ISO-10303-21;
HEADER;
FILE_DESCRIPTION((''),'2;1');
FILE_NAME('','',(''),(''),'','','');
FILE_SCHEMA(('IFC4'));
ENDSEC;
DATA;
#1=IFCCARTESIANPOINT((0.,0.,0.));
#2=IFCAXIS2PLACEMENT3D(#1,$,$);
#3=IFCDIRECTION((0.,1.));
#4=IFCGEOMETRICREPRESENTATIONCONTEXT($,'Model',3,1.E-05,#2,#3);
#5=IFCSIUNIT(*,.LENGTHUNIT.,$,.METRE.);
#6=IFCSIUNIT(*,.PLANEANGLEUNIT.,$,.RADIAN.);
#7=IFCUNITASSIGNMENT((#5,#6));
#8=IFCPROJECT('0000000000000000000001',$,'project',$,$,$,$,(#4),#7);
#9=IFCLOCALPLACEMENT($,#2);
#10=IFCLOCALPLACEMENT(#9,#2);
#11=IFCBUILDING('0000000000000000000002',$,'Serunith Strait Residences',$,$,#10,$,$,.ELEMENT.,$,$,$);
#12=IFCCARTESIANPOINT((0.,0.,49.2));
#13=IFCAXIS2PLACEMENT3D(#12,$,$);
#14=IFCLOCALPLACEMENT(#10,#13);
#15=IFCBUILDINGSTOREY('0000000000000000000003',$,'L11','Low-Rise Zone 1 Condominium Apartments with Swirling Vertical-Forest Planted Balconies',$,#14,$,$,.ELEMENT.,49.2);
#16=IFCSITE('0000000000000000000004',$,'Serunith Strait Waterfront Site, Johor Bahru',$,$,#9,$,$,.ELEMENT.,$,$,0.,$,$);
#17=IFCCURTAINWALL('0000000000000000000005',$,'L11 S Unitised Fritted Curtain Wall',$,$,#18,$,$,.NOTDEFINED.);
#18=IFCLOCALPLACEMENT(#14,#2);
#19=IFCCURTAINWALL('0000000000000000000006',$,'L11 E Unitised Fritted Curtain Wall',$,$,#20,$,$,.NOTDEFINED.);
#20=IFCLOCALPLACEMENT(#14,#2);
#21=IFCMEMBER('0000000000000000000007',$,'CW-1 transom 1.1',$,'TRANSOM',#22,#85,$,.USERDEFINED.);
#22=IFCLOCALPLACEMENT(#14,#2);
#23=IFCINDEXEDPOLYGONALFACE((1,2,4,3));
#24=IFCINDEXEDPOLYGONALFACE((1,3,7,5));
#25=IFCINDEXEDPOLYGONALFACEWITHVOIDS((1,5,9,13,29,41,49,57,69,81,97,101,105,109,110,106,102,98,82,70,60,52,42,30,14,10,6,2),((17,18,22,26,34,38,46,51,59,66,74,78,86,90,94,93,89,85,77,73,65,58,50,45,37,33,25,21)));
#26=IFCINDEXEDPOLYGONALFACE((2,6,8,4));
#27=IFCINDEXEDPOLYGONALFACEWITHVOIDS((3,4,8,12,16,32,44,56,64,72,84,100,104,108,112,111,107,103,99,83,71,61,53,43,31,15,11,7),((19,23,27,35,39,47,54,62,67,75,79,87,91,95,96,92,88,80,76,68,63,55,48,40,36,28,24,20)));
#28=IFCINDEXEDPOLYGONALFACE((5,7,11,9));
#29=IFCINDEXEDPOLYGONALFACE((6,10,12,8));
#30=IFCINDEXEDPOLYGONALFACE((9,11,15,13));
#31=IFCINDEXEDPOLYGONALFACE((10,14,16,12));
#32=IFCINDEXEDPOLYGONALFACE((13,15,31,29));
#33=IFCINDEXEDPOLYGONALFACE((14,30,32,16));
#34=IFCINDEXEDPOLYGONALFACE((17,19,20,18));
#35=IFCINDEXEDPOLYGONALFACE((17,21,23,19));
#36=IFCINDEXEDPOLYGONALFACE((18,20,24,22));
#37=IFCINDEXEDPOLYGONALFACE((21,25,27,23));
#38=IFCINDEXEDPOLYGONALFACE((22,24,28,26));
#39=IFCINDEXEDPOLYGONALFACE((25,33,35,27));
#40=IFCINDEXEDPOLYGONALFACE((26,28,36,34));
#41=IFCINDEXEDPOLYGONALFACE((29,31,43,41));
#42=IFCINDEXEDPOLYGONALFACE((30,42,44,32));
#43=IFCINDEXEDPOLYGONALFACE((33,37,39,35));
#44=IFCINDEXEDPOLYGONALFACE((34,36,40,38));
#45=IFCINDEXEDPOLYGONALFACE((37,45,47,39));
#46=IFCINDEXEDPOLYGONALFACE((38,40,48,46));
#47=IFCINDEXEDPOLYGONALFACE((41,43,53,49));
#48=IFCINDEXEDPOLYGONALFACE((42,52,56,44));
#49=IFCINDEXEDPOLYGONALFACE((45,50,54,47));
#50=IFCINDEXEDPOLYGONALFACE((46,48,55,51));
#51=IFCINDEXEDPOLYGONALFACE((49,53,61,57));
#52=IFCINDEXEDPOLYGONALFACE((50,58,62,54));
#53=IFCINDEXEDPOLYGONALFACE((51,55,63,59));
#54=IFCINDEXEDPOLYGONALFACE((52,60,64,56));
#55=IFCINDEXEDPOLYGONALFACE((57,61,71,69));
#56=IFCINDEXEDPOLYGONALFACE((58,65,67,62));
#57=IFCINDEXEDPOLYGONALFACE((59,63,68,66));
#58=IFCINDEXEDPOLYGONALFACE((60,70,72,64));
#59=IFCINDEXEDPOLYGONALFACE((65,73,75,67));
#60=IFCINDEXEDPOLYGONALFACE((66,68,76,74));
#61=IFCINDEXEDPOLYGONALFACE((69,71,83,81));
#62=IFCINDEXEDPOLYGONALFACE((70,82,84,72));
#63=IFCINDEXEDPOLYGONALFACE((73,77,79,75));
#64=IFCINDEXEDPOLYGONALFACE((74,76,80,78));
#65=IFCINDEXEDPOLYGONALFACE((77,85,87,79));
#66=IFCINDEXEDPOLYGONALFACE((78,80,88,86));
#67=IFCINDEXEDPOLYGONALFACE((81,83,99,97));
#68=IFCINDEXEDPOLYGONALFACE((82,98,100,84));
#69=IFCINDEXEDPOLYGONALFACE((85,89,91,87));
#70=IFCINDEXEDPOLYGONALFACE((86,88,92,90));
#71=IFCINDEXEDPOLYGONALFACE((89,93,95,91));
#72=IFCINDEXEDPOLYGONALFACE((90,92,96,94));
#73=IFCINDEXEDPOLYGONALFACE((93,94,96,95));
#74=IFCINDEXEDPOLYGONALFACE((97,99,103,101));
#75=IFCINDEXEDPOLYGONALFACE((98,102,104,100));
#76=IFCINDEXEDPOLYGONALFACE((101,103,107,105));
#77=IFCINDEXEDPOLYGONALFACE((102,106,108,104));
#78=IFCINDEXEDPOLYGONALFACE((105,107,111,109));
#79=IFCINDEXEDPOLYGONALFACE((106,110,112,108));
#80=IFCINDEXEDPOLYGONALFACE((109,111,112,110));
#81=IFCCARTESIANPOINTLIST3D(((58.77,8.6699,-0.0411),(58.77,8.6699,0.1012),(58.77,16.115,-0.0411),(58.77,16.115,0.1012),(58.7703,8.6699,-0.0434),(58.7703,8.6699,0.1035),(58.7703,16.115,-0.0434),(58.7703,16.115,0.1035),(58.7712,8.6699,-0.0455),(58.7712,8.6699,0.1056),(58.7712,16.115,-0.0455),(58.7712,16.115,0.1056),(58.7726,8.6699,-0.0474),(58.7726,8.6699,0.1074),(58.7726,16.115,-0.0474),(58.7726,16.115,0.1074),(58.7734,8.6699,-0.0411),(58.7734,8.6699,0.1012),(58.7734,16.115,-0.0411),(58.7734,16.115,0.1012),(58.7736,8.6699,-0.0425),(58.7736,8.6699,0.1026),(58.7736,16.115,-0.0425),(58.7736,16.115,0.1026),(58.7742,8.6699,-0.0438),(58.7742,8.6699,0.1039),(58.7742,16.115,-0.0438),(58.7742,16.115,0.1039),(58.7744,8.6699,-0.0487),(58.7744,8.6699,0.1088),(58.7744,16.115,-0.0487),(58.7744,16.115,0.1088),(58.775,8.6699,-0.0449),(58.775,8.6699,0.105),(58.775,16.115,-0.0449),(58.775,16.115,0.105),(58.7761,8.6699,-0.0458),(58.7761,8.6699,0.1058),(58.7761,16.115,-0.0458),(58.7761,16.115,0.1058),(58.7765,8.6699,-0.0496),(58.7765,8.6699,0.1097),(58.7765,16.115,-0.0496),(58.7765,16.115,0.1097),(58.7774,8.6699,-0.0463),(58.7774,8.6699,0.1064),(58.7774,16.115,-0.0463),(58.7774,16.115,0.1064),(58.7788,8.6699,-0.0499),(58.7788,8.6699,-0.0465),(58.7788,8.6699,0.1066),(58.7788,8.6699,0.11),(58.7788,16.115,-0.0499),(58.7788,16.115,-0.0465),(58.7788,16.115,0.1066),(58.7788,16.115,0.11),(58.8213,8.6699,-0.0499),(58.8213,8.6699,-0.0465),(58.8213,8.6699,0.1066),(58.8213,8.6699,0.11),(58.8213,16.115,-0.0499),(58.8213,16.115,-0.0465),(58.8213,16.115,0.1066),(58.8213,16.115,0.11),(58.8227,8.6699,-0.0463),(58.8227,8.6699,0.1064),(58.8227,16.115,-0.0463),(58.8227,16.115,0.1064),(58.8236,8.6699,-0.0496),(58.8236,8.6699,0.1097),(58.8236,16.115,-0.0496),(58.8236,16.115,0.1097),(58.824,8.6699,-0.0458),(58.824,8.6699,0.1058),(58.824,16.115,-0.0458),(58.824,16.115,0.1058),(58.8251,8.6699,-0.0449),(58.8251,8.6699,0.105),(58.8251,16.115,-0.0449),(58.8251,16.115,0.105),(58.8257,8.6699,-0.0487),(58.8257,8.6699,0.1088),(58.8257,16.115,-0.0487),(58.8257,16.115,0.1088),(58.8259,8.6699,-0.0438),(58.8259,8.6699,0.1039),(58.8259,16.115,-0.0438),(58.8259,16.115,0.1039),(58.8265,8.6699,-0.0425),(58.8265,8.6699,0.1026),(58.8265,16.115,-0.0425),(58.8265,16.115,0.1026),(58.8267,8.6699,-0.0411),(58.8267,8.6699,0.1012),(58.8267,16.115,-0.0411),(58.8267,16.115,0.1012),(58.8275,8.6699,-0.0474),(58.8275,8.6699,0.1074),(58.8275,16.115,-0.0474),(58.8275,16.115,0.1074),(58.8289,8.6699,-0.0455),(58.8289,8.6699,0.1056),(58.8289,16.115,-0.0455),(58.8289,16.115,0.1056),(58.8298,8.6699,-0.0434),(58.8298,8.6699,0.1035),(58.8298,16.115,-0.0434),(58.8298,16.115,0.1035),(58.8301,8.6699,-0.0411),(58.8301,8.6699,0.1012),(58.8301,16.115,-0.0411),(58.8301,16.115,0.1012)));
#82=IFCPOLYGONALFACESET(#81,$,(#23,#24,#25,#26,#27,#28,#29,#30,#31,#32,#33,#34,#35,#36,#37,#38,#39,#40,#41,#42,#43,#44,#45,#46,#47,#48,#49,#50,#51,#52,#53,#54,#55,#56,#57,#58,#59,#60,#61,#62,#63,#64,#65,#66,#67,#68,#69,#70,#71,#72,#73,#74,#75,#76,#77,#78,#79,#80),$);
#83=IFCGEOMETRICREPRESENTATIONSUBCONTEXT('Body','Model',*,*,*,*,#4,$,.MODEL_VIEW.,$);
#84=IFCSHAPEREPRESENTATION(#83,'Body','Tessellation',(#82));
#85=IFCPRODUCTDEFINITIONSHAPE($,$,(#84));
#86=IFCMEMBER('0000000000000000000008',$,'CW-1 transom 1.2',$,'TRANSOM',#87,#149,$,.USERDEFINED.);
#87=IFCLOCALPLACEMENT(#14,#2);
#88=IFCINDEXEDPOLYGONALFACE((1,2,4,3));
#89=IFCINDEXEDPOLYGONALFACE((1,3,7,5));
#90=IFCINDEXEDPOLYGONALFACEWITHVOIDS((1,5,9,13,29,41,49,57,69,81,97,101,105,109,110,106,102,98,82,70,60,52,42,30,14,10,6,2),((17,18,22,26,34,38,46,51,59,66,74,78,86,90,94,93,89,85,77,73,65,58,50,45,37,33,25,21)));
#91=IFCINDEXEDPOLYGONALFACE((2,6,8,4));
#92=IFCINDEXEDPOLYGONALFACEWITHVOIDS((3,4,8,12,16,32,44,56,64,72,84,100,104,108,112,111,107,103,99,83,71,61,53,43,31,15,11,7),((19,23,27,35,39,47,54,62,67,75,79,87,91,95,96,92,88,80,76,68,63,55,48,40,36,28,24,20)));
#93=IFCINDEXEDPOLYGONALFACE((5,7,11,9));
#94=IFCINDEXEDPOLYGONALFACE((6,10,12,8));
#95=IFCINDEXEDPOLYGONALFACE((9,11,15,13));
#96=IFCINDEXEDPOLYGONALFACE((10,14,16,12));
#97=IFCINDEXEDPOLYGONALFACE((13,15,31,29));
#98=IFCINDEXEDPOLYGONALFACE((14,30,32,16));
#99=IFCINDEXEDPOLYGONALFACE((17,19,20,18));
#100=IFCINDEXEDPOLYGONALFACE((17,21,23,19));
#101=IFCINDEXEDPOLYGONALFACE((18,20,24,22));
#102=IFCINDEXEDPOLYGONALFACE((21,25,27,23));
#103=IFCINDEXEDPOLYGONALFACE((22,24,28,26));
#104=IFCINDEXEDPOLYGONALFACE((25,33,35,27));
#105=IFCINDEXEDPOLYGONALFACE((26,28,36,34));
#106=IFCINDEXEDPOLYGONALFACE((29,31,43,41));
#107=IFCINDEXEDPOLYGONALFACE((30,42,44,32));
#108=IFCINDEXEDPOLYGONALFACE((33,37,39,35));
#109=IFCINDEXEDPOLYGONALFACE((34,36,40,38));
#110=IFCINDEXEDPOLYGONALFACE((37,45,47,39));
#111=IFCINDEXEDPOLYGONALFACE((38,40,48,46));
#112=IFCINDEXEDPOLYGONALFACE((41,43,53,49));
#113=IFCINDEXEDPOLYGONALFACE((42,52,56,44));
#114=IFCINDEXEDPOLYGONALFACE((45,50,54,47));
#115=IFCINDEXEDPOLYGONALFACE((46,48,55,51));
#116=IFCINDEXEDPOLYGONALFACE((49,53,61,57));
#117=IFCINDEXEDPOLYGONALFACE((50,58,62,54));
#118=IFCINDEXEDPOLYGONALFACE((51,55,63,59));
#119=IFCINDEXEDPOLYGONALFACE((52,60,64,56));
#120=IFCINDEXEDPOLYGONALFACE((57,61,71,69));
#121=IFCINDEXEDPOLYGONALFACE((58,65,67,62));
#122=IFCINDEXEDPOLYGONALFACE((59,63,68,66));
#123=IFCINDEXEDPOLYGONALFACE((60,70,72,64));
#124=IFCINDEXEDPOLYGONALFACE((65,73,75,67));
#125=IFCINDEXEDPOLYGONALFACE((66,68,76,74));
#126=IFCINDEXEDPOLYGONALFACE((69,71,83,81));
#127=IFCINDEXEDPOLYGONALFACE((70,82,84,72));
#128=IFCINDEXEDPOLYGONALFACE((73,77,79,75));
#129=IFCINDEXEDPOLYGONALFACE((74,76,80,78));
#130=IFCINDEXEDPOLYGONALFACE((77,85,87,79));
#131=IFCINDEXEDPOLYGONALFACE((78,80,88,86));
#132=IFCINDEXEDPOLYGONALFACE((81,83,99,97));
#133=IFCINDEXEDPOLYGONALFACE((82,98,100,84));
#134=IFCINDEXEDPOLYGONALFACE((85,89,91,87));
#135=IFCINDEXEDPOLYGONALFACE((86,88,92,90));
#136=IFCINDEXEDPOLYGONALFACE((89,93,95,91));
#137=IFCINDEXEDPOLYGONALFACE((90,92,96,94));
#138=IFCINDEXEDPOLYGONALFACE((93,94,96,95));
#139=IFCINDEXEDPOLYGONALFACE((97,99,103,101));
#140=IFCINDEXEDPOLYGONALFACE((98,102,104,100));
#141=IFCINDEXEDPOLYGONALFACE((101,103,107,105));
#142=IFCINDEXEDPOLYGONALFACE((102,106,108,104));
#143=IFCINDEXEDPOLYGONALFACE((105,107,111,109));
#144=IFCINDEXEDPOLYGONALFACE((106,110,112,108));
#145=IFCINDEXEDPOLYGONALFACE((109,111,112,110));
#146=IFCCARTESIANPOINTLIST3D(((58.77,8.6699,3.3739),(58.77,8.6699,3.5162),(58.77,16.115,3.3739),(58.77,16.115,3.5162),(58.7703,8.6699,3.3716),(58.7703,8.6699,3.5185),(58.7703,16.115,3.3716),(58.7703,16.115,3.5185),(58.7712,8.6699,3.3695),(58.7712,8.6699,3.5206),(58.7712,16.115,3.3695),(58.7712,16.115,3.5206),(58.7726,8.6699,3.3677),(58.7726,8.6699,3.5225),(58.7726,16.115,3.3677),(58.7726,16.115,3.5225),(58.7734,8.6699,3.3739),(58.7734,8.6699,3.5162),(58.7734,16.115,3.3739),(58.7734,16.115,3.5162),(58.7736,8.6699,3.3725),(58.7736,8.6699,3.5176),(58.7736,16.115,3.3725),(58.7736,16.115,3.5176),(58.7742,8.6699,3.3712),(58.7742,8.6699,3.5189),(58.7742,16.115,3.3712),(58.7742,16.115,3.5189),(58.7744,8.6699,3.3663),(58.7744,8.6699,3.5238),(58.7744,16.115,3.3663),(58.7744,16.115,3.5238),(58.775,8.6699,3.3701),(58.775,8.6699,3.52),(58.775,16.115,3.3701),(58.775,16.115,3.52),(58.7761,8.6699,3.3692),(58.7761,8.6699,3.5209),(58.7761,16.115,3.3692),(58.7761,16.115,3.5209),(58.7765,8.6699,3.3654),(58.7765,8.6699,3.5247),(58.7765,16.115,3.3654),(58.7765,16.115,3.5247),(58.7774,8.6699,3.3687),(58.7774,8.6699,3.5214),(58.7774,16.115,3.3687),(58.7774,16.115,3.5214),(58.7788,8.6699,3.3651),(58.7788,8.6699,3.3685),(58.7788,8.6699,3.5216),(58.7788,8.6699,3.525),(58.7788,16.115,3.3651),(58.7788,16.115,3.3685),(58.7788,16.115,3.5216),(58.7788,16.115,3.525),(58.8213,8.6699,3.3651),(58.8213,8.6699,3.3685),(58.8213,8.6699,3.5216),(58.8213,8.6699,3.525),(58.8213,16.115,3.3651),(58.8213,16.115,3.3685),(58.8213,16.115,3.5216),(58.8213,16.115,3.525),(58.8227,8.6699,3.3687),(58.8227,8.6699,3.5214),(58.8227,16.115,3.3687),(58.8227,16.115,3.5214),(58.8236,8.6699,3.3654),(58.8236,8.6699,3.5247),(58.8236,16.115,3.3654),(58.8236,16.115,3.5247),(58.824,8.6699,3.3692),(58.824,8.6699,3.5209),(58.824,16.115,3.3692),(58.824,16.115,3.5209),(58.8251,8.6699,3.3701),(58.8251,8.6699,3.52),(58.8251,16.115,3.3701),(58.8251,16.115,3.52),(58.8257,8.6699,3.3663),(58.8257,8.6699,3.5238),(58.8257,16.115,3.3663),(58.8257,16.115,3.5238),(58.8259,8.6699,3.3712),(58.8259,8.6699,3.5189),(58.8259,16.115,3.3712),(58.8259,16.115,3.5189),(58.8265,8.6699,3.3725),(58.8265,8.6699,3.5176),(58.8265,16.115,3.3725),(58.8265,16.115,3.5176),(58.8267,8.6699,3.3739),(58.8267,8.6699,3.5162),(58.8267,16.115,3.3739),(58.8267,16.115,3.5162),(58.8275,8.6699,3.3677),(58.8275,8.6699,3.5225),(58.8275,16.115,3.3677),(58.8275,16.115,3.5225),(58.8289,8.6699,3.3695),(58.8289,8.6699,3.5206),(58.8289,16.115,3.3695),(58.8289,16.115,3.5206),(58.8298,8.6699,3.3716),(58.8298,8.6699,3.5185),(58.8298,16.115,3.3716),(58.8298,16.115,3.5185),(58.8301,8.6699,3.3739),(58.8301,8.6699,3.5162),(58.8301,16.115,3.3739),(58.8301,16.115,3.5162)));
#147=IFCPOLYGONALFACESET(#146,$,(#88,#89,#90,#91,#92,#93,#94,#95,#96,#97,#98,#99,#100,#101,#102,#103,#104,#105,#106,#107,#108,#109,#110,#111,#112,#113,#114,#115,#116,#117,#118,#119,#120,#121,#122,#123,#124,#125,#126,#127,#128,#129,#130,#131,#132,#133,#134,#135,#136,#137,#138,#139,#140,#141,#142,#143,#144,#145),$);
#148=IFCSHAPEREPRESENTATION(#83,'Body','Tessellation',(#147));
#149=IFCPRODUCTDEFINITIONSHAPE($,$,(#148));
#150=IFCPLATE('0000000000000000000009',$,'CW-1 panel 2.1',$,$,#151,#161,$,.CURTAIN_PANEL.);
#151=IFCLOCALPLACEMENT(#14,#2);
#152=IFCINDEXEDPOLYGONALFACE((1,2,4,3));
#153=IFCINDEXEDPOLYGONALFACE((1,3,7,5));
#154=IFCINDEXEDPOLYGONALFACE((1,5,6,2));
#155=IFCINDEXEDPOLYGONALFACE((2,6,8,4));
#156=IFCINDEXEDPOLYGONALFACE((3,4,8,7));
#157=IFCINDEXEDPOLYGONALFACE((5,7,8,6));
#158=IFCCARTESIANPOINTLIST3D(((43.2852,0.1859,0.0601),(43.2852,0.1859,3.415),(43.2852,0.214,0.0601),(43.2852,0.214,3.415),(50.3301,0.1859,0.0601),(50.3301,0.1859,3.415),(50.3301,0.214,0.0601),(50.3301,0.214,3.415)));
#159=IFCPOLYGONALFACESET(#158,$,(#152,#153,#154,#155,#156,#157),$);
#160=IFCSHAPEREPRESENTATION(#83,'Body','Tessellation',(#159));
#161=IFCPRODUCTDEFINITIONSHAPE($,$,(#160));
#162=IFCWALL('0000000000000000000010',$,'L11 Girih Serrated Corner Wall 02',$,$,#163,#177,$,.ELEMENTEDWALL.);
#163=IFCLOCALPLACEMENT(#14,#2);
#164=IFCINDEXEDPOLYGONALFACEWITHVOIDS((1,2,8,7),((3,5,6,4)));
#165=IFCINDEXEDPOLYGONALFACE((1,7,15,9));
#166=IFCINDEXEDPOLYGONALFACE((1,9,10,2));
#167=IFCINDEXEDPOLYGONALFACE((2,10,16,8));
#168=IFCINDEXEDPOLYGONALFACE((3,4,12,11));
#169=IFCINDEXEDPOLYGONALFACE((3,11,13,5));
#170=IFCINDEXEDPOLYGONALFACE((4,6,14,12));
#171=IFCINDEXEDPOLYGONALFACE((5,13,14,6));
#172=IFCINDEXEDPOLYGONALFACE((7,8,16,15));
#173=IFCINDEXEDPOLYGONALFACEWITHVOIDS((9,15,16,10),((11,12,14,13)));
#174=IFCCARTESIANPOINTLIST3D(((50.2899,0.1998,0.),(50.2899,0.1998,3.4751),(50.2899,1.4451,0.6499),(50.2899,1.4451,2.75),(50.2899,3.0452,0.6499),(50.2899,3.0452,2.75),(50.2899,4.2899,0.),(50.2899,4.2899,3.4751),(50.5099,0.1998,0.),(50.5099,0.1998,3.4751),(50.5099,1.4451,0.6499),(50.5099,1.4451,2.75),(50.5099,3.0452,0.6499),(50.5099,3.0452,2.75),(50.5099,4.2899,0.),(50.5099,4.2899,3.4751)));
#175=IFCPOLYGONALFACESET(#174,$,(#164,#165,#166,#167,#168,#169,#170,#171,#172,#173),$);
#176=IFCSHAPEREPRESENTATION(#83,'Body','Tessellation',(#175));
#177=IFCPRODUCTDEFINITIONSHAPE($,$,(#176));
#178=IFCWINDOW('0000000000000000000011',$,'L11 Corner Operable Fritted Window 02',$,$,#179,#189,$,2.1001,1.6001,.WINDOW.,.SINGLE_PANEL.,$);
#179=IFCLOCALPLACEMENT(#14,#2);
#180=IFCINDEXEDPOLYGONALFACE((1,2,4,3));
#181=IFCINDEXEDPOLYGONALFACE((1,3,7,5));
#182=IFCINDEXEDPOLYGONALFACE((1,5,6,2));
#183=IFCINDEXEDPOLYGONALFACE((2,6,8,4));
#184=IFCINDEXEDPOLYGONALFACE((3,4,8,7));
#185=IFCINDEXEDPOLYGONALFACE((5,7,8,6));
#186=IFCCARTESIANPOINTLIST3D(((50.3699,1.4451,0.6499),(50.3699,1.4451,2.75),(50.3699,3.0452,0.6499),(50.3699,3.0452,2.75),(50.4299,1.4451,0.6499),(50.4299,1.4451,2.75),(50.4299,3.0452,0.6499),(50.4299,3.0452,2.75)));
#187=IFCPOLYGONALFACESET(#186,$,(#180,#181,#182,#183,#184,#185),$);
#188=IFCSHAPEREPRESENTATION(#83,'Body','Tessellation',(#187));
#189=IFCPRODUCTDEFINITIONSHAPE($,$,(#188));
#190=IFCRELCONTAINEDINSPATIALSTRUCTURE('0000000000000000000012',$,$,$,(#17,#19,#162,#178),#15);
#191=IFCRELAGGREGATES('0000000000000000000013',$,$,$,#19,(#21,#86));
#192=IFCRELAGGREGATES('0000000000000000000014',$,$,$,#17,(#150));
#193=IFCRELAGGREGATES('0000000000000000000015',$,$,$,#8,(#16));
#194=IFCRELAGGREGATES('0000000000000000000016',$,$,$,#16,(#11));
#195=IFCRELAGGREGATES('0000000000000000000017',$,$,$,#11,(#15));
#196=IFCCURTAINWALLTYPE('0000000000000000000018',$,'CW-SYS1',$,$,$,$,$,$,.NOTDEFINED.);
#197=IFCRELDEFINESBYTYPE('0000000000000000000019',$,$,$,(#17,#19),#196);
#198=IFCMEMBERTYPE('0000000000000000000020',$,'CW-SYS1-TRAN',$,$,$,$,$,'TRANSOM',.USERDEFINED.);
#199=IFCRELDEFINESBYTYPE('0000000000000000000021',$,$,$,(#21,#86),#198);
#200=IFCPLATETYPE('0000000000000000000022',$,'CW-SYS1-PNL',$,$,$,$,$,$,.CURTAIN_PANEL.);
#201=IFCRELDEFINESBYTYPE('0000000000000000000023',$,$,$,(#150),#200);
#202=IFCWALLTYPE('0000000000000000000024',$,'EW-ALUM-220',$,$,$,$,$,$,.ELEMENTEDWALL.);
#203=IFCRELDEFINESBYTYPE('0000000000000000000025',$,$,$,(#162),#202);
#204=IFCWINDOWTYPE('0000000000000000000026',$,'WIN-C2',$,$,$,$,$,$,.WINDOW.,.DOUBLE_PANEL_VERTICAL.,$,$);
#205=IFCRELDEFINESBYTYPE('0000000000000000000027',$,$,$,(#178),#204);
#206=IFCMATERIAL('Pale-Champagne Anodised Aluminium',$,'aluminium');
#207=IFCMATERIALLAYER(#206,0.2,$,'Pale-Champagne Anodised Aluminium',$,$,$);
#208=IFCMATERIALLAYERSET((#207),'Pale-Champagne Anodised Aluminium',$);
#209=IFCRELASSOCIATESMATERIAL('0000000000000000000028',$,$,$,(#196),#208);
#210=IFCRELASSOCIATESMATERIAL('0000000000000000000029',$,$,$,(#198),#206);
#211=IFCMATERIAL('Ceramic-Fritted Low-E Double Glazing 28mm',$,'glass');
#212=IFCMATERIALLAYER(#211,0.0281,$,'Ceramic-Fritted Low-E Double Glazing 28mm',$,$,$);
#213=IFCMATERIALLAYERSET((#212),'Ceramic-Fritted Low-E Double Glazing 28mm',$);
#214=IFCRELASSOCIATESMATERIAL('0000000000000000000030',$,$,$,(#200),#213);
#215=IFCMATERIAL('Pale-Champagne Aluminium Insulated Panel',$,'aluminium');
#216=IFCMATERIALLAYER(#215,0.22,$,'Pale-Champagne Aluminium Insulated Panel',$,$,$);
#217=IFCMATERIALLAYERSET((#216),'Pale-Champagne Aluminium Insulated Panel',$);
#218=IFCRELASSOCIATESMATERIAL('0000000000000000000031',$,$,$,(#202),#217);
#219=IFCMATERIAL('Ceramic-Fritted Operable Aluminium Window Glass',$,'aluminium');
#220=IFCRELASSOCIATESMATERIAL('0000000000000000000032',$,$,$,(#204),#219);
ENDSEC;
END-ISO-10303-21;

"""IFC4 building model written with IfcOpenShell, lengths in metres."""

from ifc_helpers import new_model, si_unit, direction, frame, frame_2d, origin, origin_2d, place, context, subcontext, project, spatial, rectangle, hollow_rectangle, extrude, source, transform, mapped, material, layer, layer_set, material_profile, profile_set, type_object, element, fill, aggregate, save


model = new_model("IFC4")

# Units and contexts
model_context = context("Model", 3, precision=1e-05, world=origin(), true_north=direction((0.0, 1.0)))
body_context = subcontext(model_context, "Body", "Model", "MODEL_VIEW")
ifc_project = project(units=[si_unit("LENGTHUNIT", "METRE"), si_unit("PLANEANGLEUNIT", "RADIAN")], contexts=[model_context])

# Site, building, storey
site_placement = place(None, origin())
site = spatial("IfcSite", under=ifc_project, at=site_placement, Name="Serunith Strait Waterfront Site, Johor Bahru", CompositionType="ELEMENT", RefElevation=0.0)
building_placement = place(site_placement, origin())
building = spatial("IfcBuilding", under=site, at=building_placement, Name="Serunith Strait Residences", CompositionType="ELEMENT")
storey_placement = place(building_placement, frame((0.0, 0.0, 49.2)))
storey = spatial("IfcBuildingStorey", under=building, at=storey_placement, Name="L11", Description="Low-Rise Zone 1 Condominium Apartments with Swirling Vertical-Forest Planted Balconies", CompositionType="ELEMENT", Elevation=49.2)

# Curtain wall
ifc_material_1 = material(Name="Pale-Champagne Anodised Aluminium", Category="aluminium")
ifc_layer_1 = layer(ifc_material_1, 0.2, Name="Pale-Champagne Anodised Aluminium")
ifc_layer_set_1 = layer_set([ifc_layer_1], Name="Pale-Champagne Anodised Aluminium")
curtain_wall_type = type_object("IfcCurtainWallType", Name="CW-SYS1", PredefinedType="NOTDEFINED", material=ifc_layer_set_1)
curtain_wall_1_placement = place(storey_placement, origin())
curtain_wall_1 = element("IfcCurtainWall", 1, at=curtain_wall_1_placement, inside=storey, type_object=curtain_wall_type, Name="L11 S Unitised Fritted Curtain Wall", PredefinedType="NOTDEFINED")

# Curtain wall, members
curtain_wall_2_placement = place(storey_placement, origin())
curtain_wall_2 = element("IfcCurtainWall", 2, at=curtain_wall_2_placement, inside=storey, type_object=curtain_wall_type, Name="L11 E Unitised Fritted Curtain Wall", PredefinedType="NOTDEFINED")
ifc_material_profile_1 = material_profile(ifc_material_1, hollow_rectangle(XDim=0.0601, YDim=0.1599, WallThickness=0.0034, InnerFilletRadius=0.0054, OuterFilletRadius=0.0088, at=origin_2d()), Name="ALU 160x60x3.5")
ifc_profile_set_1 = profile_set([ifc_material_profile_1], Name="Pale-Champagne Anodised Aluminium")
member_type_1 = type_object("IfcMemberType", Name="CW-SYS1-TRAN", ElementType="TRANSOM", PredefinedType="USERDEFINED", material=ifc_profile_set_1)
shared_shape_1 = source(origin(), body_context, "Body", "SweptSolid", [
    extrude(hollow_rectangle(XDim=0.0601, YDim=0.1599, WallThickness=0.0034, InnerFilletRadius=0.0054, OuterFilletRadius=0.0088, at=origin_2d()), origin(), (0.0, 0.0, 1.0), 7.4451),
])
member_1_placement = place(storey_placement, frame((58.8, 8.6699, 0.03), z_axis=(0.0, 1.0, 0.0), x_axis=(-1.0, 0.0, 0.0)))
member_1 = element("IfcMember", 3, at=member_1_placement, type_object=member_type_1, Name="CW-1 transom 1.1", ObjectType="TRANSOM", PredefinedType="USERDEFINED", context=body_context, shape_type="MappedRepresentation", body=[
    mapped(shared_shape_1, transform((0.0, 0.0, 0.0), scale=1.0)),
])
member_2_placement = place(storey_placement, frame((58.8, 8.6699, 3.4451), z_axis=(0.0, 1.0, 0.0), x_axis=(-1.0, 0.0, 0.0)))
member_2 = element("IfcMember", 4, at=member_2_placement, type_object=member_type_1, Name="CW-1 transom 1.2", ObjectType="TRANSOM", PredefinedType="USERDEFINED", context=body_context, shape_type="MappedRepresentation", body=[
    mapped(shared_shape_1, transform((0.0, 0.0, 0.0), scale=1.0)),
])
aggregate(curtain_wall_2, [member_1, member_2])

# Plate
ifc_material_2 = material(Name="Ceramic-Fritted Low-E Double Glazing 28mm", Category="glass")
ifc_layer_2 = layer(ifc_material_2, 0.0281, Name="Ceramic-Fritted Low-E Double Glazing 28mm")
ifc_layer_set_2 = layer_set([ifc_layer_2], Name="Ceramic-Fritted Low-E Double Glazing 28mm")
plate_type = type_object("IfcPlateType", Name="CW-SYS1-PNL", PredefinedType="CURTAIN_PANEL", material=ifc_layer_set_2)
shared_shape_2 = source(origin(), body_context, "Body", "SweptSolid", [
    extrude(rectangle(XDim=7.0449, YDim=0.0281, at=origin_2d()), origin(), (0.0, 0.0, 1.0), 3.355),
])
plate_placement = place(storey_placement, frame((46.8076, 0.2, 0.0601), z_axis=(0.0, 0.0, 1.0), x_axis=(1.0, 0.0, 0.0)))
plate = element("IfcPlate", 5, at=plate_placement, type_object=plate_type, Name="CW-1 panel 2.1", PredefinedType="CURTAIN_PANEL", context=body_context, shape_type="MappedRepresentation", body=[
    mapped(shared_shape_2, transform((0.0, 0.0, 0.0), scale=1.0)),
])
aggregate(curtain_wall_1, [plate])

# Wall, opening, window
ifc_material_3 = material(Name="Pale-Champagne Aluminium Insulated Panel", Category="aluminium")
ifc_layer_3 = layer(ifc_material_3, 0.22, Name="Pale-Champagne Aluminium Insulated Panel")
ifc_layer_set_3 = layer_set([ifc_layer_3], Name="Pale-Champagne Aluminium Insulated Panel")
wall_type_1 = type_object("IfcWallType", Name="EW-ALUM-220", PredefinedType="ELEMENTEDWALL", material=ifc_layer_set_3)
wall_1_placement = place(storey_placement, frame((50.3999, 0.2, 0.0), z_axis=(0.0, 0.0, 1.0), x_axis=(0.0, 1.0, 0.0)))
wall_1 = element("IfcWall", 6, at=wall_1_placement, inside=storey, type_object=wall_type_1, Name="L11 Girih Serrated Corner Wall 02", PredefinedType="ELEMENTEDWALL", context=body_context, shape_type="SweptSolid", body=[
    extrude(rectangle(XDim=4.0901, YDim=0.22, at=frame_2d((2.0449, 0.0))), origin(), (0.0, 0.0, 1.0), 3.4751),
])
opening_1_placement = place(wall_1_placement, frame((1.2451, 0.0, 0.6499)))
opening_1 = element("IfcOpeningElement", 7, at=opening_1_placement, cuts=wall_1, PredefinedType="OPENING", context=body_context, shape_type="SweptSolid", body=[
    extrude(rectangle(XDim=1.6001, YDim=2.1001, at=frame_2d((0.8, 1.05))), frame((0.0, 0.1201, 0.0), z_axis=(0.0, -1.0, 0.0), x_axis=(1.0, 0.0, 0.0)), (0.0, 0.0, 1.0), 0.24),
])
ifc_material_4 = material(Name="Ceramic-Fritted Operable Aluminium Window Glass", Category="aluminium")
window_type = type_object("IfcWindowType", Name="WIN-C2", PartitioningType="DOUBLE_PANEL_VERTICAL", PredefinedType="WINDOW", material=ifc_material_4)
shared_shape_3 = source(origin(), body_context, "Body", "SweptSolid", [
    extrude(rectangle(XDim=1.6001, YDim=2.1001, at=frame_2d((0.8, 1.05))), frame((0.0, 0.03, 0.0), z_axis=(0.0, -1.0, 0.0), x_axis=(1.0, 0.0, 0.0)), (0.0, 0.0, 1.0), 0.0601),
])
window_1_placement = place(opening_1_placement, origin())
window_1 = element("IfcWindow", 8, at=window_1_placement, inside=storey, type_object=window_type, Name="L11 Corner Operable Fritted Window 02", OverallHeight=2.1001, OverallWidth=1.6001, PartitioningType="SINGLE_PANEL", PredefinedType="WINDOW", context=body_context, shape_type="MappedRepresentation", body=[
    mapped(shared_shape_3, transform((0.0, 0.0, 0.0), scale=1.0)),
])
fill(opening_1, window_1)

save(model, "model.ifc")
